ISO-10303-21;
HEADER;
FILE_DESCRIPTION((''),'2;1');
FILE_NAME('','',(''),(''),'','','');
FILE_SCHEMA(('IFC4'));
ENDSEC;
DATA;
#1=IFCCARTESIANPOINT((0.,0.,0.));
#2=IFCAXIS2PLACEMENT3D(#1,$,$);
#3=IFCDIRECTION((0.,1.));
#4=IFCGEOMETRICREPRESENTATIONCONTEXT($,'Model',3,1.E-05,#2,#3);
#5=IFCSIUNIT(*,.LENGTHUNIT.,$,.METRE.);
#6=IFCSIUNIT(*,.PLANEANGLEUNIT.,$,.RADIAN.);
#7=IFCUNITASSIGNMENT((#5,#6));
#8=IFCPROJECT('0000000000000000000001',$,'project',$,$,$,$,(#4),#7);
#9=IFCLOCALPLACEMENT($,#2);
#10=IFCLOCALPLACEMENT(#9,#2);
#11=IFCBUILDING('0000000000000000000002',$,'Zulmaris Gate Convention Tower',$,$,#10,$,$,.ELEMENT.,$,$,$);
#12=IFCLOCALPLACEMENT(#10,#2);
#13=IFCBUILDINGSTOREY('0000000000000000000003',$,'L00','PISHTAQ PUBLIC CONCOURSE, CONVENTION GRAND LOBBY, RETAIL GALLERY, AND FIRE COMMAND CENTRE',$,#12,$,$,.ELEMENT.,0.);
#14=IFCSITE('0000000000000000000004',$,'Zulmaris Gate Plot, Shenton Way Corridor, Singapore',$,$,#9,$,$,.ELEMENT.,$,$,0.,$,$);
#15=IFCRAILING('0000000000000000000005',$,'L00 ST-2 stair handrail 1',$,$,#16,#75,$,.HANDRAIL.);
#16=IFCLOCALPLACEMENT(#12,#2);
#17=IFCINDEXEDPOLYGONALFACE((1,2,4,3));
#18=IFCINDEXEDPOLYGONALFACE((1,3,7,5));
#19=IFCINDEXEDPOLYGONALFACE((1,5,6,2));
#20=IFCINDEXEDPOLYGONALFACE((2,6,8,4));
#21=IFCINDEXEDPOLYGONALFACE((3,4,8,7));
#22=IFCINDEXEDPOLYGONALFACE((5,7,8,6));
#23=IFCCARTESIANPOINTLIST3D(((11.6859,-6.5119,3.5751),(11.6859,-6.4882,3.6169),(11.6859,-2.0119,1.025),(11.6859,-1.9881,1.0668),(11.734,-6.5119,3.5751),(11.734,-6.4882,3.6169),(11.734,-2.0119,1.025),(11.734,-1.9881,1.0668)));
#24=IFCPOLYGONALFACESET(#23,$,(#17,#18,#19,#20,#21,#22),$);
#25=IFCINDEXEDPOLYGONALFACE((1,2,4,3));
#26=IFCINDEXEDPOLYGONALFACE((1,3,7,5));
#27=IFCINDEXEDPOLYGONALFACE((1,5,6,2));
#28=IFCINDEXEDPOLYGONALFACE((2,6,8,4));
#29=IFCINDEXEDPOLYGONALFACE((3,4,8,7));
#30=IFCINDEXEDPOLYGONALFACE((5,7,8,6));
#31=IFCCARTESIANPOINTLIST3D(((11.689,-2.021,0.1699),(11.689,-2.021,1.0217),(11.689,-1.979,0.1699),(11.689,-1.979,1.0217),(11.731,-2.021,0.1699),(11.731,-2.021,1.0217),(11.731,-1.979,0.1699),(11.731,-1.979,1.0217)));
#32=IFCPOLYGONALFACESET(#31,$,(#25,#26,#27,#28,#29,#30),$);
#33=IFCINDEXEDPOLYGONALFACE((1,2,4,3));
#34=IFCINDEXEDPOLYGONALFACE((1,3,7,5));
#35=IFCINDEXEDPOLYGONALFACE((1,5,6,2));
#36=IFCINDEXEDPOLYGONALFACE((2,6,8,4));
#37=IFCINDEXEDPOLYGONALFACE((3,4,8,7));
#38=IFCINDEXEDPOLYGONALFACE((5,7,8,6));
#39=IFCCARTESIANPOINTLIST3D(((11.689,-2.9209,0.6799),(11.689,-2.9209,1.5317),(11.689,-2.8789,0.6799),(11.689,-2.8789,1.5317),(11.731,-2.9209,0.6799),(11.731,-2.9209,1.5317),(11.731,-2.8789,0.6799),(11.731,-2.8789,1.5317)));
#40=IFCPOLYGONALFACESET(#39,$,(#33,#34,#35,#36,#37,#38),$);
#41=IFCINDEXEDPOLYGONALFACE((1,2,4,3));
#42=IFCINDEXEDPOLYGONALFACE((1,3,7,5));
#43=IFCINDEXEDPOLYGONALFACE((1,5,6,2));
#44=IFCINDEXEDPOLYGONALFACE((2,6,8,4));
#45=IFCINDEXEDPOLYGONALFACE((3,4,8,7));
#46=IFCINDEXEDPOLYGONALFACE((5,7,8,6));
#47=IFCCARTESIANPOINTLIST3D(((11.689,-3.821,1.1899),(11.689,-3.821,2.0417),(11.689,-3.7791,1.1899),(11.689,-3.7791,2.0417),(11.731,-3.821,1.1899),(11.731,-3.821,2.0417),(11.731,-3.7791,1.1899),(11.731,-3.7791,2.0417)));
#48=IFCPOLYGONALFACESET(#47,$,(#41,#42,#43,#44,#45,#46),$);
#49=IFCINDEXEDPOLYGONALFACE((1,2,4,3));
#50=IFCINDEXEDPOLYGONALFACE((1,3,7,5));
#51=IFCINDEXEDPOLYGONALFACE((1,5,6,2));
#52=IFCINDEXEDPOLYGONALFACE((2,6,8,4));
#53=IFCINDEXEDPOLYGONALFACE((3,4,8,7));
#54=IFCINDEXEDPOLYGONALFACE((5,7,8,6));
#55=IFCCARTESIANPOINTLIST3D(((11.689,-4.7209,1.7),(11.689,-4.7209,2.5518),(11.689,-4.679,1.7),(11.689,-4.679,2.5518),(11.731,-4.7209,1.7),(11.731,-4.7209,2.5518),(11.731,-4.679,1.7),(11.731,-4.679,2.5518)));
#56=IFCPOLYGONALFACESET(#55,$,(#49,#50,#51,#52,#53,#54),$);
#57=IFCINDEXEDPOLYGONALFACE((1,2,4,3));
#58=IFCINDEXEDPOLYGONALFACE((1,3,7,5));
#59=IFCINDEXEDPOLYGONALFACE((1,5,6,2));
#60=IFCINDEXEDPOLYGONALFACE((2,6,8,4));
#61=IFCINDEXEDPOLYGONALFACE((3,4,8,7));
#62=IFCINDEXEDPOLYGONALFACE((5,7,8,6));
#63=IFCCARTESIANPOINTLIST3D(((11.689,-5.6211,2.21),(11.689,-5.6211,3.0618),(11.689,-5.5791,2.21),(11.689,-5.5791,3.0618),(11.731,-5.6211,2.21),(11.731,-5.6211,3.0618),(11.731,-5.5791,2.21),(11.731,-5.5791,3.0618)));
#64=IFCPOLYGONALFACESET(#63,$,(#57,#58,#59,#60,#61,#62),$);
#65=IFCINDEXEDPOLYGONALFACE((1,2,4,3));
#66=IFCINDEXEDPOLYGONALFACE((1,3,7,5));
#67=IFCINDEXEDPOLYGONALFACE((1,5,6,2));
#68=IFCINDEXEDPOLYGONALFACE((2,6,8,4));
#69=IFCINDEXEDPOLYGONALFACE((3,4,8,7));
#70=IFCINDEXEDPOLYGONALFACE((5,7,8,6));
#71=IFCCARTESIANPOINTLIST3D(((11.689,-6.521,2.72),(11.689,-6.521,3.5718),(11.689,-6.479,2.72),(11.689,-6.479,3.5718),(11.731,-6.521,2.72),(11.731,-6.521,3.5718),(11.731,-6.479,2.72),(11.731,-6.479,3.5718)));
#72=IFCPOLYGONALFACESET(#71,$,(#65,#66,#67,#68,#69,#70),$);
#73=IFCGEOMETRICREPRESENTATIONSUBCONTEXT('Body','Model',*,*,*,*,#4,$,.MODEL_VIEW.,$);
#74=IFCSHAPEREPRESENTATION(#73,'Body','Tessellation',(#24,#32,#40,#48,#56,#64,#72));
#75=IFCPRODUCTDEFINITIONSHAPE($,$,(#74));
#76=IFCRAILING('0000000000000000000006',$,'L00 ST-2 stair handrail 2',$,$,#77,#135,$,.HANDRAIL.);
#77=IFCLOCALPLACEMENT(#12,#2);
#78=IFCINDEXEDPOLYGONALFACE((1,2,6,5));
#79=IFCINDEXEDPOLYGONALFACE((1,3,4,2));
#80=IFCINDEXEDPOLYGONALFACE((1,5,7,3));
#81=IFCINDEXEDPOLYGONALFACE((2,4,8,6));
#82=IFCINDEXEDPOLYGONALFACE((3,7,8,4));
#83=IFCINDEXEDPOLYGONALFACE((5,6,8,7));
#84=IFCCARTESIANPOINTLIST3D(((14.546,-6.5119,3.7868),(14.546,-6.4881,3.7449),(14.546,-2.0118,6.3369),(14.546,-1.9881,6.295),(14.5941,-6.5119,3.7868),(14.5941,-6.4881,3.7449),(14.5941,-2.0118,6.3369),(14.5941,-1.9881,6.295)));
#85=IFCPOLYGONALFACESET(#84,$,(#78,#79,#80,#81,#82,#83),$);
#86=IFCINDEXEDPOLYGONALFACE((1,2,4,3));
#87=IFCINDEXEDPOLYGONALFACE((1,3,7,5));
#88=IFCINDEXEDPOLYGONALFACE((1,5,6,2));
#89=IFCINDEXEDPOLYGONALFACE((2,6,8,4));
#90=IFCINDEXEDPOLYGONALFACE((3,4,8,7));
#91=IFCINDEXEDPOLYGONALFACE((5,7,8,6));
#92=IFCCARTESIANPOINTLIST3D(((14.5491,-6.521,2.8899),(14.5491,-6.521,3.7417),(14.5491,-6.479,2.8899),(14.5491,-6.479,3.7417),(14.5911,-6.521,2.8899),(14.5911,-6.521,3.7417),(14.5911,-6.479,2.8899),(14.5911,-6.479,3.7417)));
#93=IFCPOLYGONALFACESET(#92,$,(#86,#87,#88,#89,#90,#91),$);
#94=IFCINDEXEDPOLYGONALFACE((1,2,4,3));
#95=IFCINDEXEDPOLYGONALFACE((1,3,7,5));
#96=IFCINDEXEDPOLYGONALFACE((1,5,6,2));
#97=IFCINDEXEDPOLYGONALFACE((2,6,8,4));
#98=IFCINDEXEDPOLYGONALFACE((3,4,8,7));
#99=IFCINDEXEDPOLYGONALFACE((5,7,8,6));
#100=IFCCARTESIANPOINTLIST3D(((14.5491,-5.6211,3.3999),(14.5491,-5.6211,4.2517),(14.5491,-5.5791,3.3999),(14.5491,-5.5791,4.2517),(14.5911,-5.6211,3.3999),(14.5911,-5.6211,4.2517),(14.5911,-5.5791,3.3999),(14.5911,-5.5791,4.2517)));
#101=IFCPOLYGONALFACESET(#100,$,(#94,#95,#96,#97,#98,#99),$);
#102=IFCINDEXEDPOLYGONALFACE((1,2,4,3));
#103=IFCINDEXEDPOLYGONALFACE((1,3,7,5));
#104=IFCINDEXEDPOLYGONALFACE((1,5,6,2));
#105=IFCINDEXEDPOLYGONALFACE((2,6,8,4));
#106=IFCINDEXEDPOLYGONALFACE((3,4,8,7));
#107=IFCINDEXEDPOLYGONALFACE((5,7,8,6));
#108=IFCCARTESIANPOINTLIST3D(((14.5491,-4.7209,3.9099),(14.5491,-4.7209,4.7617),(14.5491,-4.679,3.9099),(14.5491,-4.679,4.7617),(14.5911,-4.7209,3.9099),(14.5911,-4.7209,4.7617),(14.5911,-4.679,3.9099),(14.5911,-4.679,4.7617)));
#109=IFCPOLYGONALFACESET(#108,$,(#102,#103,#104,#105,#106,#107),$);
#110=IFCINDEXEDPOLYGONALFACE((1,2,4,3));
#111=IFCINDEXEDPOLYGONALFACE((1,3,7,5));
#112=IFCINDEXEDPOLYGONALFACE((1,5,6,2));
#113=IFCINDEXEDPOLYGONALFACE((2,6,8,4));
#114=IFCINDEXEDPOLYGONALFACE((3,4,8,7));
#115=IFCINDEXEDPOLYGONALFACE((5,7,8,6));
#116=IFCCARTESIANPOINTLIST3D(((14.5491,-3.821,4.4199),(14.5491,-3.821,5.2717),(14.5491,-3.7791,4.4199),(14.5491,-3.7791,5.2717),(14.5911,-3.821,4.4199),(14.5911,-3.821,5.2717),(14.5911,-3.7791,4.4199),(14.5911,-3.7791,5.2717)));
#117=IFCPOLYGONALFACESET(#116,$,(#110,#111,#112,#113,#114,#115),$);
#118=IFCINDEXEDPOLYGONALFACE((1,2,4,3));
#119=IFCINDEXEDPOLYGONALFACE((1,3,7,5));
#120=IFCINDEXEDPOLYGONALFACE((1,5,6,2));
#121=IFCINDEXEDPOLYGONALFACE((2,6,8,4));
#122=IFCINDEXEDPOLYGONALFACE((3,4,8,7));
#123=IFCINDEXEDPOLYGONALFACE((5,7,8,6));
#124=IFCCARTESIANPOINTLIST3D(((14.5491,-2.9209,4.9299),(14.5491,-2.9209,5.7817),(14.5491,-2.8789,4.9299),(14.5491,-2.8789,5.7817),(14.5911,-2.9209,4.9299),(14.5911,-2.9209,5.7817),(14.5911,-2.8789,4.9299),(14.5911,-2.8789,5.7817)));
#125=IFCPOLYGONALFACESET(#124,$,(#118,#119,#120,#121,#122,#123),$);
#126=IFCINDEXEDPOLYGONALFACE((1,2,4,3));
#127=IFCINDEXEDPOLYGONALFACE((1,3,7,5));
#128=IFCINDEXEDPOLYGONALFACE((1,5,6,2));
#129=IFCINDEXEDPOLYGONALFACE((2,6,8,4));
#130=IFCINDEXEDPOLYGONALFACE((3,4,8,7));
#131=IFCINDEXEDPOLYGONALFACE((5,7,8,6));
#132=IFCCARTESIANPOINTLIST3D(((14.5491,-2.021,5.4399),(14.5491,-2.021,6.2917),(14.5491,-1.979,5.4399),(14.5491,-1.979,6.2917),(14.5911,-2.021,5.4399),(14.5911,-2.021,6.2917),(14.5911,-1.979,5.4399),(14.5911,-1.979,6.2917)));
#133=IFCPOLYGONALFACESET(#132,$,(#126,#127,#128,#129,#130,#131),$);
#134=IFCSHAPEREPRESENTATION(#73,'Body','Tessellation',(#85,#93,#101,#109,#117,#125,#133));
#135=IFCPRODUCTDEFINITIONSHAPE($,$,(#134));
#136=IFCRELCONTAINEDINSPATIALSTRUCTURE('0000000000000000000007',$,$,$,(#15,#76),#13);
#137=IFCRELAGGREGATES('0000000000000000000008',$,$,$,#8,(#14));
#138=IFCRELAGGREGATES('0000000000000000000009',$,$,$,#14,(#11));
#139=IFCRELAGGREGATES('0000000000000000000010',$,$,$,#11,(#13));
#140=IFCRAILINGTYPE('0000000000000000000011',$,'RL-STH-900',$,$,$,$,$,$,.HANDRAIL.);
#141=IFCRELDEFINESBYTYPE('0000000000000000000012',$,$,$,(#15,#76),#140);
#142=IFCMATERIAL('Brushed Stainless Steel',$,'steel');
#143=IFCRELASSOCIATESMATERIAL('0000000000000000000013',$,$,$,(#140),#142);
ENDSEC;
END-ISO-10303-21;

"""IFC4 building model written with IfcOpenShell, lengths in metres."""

from ifc_helpers import new_model, si_unit, direction, frame, origin, origin_2d, place, context, subcontext, project, spatial, rectangle, extrude, material, type_object, element, save


model = new_model("IFC4")

# Units and contexts
model_context = context("Model", 3, precision=1e-05, world=origin(), true_north=direction((0.0, 1.0)))
body_context = subcontext(model_context, "Body", "Model", "MODEL_VIEW")
ifc_project = project(units=[si_unit("LENGTHUNIT", "METRE"), si_unit("PLANEANGLEUNIT", "RADIAN")], contexts=[model_context])

# Site, building, storey
site_placement = place(None, origin())
site = spatial("IfcSite", under=ifc_project, at=site_placement, Name="Zulmaris Gate Plot, Shenton Way Corridor, Singapore", CompositionType="ELEMENT", RefElevation=0.0)
building_placement = place(site_placement, origin())
building = spatial("IfcBuilding", under=site, at=building_placement, Name="Zulmaris Gate Convention Tower", CompositionType="ELEMENT")
storey_placement = place(building_placement, origin())
storey = spatial("IfcBuildingStorey", under=building, at=storey_placement, Name="L00", Description="PISHTAQ PUBLIC CONCOURSE, CONVENTION GRAND LOBBY, RETAIL GALLERY, AND FIRE COMMAND CENTRE", CompositionType="ELEMENT", Elevation=0.0)

# Shared definitions
ifc_material_1 = material(Name="Brushed Stainless Steel", Category="steel")

# Railings
railing_type_1 = type_object("IfcRailingType", Name="RL-STH-900", PredefinedType="HANDRAIL", material=ifc_material_1)
railing_1_placement = place(storey_placement, frame((11.71, -2.0, 0.1699)))
element("IfcRailing", 1, at=railing_1_placement, inside=storey, type_object=railing_type_1, Name="L00 ST-2 stair handrail 1", PredefinedType="HANDRAIL", context=body_context, shape_type="SweptSolid", body=[
    extrude(rectangle(XDim=0.0481, YDim=0.0481, at=origin_2d()), frame((0.0, 0.0, 0.876), z_axis=(0.0, -0.870018, 0.49302), x_axis=(1.0, 0.0, 0.0)), (0.0, 0.0, 1.0), 5.1724),
    extrude(rectangle(XDim=0.042, YDim=0.042, at=origin_2d()), origin(), (0.0, 0.0, 1.0), 0.8518),
    extrude(rectangle(XDim=0.042, YDim=0.042, at=origin_2d()), frame((0.0, -0.8999, 0.51)), (0.0, 0.0, 1.0), 0.8518),
    extrude(rectangle(XDim=0.042, YDim=0.042, at=origin_2d()), frame((0.0, -1.8, 1.02)), (0.0, 0.0, 1.0), 0.8518),
    extrude(rectangle(XDim=0.042, YDim=0.042, at=origin_2d()), frame((0.0, -2.7, 1.53)), (0.0, 0.0, 1.0), 0.8518),
    extrude(rectangle(XDim=0.042, YDim=0.042, at=origin_2d()), frame((0.0, -3.6001, 2.04)), (0.0, 0.0, 1.0), 0.8518),
    extrude(rectangle(XDim=0.042, YDim=0.042, at=origin_2d()), frame((0.0, -4.5, 2.55)), (0.0, 0.0, 1.0), 0.8518),
])
railing_2_placement = place(storey_placement, frame((14.5701, -6.5, 2.8899)))
element("IfcRailing", 2, at=railing_2_placement, inside=storey, type_object=railing_type_1, Name="L00 ST-2 stair handrail 2", PredefinedType="HANDRAIL", context=body_context, shape_type="SweptSolid", body=[
    extrude(rectangle(XDim=0.0481, YDim=0.0481, at=origin_2d()), frame((0.0, 0.0, 0.876), z_axis=(0.0, 0.870018, 0.49302), x_axis=(-1.0, 0.0, 0.0)), (0.0, 0.0, 1.0), 5.1724),
    extrude(rectangle(XDim=0.042, YDim=0.042, at=origin_2d()), origin(), (0.0, 0.0, 1.0), 0.8518),
    extrude(rectangle(XDim=0.042, YDim=0.042, at=origin_2d()), frame((0.0, 0.8999, 0.51)), (0.0, 0.0, 1.0), 0.8518),
    extrude(rectangle(XDim=0.042, YDim=0.042, at=origin_2d()), frame((0.0, 1.8, 1.02)), (0.0, 0.0, 1.0), 0.8518),
    extrude(rectangle(XDim=0.042, YDim=0.042, at=origin_2d()), frame((0.0, 2.7, 1.53)), (0.0, 0.0, 1.0), 0.8518),
    extrude(rectangle(XDim=0.042, YDim=0.042, at=origin_2d()), frame((0.0, 3.6001, 2.04)), (0.0, 0.0, 1.0), 0.8518),
    extrude(rectangle(XDim=0.042, YDim=0.042, at=origin_2d()), frame((0.0, 4.5, 2.55)), (0.0, 0.0, 1.0), 0.8518),
])

save(model, "model.ifc")
